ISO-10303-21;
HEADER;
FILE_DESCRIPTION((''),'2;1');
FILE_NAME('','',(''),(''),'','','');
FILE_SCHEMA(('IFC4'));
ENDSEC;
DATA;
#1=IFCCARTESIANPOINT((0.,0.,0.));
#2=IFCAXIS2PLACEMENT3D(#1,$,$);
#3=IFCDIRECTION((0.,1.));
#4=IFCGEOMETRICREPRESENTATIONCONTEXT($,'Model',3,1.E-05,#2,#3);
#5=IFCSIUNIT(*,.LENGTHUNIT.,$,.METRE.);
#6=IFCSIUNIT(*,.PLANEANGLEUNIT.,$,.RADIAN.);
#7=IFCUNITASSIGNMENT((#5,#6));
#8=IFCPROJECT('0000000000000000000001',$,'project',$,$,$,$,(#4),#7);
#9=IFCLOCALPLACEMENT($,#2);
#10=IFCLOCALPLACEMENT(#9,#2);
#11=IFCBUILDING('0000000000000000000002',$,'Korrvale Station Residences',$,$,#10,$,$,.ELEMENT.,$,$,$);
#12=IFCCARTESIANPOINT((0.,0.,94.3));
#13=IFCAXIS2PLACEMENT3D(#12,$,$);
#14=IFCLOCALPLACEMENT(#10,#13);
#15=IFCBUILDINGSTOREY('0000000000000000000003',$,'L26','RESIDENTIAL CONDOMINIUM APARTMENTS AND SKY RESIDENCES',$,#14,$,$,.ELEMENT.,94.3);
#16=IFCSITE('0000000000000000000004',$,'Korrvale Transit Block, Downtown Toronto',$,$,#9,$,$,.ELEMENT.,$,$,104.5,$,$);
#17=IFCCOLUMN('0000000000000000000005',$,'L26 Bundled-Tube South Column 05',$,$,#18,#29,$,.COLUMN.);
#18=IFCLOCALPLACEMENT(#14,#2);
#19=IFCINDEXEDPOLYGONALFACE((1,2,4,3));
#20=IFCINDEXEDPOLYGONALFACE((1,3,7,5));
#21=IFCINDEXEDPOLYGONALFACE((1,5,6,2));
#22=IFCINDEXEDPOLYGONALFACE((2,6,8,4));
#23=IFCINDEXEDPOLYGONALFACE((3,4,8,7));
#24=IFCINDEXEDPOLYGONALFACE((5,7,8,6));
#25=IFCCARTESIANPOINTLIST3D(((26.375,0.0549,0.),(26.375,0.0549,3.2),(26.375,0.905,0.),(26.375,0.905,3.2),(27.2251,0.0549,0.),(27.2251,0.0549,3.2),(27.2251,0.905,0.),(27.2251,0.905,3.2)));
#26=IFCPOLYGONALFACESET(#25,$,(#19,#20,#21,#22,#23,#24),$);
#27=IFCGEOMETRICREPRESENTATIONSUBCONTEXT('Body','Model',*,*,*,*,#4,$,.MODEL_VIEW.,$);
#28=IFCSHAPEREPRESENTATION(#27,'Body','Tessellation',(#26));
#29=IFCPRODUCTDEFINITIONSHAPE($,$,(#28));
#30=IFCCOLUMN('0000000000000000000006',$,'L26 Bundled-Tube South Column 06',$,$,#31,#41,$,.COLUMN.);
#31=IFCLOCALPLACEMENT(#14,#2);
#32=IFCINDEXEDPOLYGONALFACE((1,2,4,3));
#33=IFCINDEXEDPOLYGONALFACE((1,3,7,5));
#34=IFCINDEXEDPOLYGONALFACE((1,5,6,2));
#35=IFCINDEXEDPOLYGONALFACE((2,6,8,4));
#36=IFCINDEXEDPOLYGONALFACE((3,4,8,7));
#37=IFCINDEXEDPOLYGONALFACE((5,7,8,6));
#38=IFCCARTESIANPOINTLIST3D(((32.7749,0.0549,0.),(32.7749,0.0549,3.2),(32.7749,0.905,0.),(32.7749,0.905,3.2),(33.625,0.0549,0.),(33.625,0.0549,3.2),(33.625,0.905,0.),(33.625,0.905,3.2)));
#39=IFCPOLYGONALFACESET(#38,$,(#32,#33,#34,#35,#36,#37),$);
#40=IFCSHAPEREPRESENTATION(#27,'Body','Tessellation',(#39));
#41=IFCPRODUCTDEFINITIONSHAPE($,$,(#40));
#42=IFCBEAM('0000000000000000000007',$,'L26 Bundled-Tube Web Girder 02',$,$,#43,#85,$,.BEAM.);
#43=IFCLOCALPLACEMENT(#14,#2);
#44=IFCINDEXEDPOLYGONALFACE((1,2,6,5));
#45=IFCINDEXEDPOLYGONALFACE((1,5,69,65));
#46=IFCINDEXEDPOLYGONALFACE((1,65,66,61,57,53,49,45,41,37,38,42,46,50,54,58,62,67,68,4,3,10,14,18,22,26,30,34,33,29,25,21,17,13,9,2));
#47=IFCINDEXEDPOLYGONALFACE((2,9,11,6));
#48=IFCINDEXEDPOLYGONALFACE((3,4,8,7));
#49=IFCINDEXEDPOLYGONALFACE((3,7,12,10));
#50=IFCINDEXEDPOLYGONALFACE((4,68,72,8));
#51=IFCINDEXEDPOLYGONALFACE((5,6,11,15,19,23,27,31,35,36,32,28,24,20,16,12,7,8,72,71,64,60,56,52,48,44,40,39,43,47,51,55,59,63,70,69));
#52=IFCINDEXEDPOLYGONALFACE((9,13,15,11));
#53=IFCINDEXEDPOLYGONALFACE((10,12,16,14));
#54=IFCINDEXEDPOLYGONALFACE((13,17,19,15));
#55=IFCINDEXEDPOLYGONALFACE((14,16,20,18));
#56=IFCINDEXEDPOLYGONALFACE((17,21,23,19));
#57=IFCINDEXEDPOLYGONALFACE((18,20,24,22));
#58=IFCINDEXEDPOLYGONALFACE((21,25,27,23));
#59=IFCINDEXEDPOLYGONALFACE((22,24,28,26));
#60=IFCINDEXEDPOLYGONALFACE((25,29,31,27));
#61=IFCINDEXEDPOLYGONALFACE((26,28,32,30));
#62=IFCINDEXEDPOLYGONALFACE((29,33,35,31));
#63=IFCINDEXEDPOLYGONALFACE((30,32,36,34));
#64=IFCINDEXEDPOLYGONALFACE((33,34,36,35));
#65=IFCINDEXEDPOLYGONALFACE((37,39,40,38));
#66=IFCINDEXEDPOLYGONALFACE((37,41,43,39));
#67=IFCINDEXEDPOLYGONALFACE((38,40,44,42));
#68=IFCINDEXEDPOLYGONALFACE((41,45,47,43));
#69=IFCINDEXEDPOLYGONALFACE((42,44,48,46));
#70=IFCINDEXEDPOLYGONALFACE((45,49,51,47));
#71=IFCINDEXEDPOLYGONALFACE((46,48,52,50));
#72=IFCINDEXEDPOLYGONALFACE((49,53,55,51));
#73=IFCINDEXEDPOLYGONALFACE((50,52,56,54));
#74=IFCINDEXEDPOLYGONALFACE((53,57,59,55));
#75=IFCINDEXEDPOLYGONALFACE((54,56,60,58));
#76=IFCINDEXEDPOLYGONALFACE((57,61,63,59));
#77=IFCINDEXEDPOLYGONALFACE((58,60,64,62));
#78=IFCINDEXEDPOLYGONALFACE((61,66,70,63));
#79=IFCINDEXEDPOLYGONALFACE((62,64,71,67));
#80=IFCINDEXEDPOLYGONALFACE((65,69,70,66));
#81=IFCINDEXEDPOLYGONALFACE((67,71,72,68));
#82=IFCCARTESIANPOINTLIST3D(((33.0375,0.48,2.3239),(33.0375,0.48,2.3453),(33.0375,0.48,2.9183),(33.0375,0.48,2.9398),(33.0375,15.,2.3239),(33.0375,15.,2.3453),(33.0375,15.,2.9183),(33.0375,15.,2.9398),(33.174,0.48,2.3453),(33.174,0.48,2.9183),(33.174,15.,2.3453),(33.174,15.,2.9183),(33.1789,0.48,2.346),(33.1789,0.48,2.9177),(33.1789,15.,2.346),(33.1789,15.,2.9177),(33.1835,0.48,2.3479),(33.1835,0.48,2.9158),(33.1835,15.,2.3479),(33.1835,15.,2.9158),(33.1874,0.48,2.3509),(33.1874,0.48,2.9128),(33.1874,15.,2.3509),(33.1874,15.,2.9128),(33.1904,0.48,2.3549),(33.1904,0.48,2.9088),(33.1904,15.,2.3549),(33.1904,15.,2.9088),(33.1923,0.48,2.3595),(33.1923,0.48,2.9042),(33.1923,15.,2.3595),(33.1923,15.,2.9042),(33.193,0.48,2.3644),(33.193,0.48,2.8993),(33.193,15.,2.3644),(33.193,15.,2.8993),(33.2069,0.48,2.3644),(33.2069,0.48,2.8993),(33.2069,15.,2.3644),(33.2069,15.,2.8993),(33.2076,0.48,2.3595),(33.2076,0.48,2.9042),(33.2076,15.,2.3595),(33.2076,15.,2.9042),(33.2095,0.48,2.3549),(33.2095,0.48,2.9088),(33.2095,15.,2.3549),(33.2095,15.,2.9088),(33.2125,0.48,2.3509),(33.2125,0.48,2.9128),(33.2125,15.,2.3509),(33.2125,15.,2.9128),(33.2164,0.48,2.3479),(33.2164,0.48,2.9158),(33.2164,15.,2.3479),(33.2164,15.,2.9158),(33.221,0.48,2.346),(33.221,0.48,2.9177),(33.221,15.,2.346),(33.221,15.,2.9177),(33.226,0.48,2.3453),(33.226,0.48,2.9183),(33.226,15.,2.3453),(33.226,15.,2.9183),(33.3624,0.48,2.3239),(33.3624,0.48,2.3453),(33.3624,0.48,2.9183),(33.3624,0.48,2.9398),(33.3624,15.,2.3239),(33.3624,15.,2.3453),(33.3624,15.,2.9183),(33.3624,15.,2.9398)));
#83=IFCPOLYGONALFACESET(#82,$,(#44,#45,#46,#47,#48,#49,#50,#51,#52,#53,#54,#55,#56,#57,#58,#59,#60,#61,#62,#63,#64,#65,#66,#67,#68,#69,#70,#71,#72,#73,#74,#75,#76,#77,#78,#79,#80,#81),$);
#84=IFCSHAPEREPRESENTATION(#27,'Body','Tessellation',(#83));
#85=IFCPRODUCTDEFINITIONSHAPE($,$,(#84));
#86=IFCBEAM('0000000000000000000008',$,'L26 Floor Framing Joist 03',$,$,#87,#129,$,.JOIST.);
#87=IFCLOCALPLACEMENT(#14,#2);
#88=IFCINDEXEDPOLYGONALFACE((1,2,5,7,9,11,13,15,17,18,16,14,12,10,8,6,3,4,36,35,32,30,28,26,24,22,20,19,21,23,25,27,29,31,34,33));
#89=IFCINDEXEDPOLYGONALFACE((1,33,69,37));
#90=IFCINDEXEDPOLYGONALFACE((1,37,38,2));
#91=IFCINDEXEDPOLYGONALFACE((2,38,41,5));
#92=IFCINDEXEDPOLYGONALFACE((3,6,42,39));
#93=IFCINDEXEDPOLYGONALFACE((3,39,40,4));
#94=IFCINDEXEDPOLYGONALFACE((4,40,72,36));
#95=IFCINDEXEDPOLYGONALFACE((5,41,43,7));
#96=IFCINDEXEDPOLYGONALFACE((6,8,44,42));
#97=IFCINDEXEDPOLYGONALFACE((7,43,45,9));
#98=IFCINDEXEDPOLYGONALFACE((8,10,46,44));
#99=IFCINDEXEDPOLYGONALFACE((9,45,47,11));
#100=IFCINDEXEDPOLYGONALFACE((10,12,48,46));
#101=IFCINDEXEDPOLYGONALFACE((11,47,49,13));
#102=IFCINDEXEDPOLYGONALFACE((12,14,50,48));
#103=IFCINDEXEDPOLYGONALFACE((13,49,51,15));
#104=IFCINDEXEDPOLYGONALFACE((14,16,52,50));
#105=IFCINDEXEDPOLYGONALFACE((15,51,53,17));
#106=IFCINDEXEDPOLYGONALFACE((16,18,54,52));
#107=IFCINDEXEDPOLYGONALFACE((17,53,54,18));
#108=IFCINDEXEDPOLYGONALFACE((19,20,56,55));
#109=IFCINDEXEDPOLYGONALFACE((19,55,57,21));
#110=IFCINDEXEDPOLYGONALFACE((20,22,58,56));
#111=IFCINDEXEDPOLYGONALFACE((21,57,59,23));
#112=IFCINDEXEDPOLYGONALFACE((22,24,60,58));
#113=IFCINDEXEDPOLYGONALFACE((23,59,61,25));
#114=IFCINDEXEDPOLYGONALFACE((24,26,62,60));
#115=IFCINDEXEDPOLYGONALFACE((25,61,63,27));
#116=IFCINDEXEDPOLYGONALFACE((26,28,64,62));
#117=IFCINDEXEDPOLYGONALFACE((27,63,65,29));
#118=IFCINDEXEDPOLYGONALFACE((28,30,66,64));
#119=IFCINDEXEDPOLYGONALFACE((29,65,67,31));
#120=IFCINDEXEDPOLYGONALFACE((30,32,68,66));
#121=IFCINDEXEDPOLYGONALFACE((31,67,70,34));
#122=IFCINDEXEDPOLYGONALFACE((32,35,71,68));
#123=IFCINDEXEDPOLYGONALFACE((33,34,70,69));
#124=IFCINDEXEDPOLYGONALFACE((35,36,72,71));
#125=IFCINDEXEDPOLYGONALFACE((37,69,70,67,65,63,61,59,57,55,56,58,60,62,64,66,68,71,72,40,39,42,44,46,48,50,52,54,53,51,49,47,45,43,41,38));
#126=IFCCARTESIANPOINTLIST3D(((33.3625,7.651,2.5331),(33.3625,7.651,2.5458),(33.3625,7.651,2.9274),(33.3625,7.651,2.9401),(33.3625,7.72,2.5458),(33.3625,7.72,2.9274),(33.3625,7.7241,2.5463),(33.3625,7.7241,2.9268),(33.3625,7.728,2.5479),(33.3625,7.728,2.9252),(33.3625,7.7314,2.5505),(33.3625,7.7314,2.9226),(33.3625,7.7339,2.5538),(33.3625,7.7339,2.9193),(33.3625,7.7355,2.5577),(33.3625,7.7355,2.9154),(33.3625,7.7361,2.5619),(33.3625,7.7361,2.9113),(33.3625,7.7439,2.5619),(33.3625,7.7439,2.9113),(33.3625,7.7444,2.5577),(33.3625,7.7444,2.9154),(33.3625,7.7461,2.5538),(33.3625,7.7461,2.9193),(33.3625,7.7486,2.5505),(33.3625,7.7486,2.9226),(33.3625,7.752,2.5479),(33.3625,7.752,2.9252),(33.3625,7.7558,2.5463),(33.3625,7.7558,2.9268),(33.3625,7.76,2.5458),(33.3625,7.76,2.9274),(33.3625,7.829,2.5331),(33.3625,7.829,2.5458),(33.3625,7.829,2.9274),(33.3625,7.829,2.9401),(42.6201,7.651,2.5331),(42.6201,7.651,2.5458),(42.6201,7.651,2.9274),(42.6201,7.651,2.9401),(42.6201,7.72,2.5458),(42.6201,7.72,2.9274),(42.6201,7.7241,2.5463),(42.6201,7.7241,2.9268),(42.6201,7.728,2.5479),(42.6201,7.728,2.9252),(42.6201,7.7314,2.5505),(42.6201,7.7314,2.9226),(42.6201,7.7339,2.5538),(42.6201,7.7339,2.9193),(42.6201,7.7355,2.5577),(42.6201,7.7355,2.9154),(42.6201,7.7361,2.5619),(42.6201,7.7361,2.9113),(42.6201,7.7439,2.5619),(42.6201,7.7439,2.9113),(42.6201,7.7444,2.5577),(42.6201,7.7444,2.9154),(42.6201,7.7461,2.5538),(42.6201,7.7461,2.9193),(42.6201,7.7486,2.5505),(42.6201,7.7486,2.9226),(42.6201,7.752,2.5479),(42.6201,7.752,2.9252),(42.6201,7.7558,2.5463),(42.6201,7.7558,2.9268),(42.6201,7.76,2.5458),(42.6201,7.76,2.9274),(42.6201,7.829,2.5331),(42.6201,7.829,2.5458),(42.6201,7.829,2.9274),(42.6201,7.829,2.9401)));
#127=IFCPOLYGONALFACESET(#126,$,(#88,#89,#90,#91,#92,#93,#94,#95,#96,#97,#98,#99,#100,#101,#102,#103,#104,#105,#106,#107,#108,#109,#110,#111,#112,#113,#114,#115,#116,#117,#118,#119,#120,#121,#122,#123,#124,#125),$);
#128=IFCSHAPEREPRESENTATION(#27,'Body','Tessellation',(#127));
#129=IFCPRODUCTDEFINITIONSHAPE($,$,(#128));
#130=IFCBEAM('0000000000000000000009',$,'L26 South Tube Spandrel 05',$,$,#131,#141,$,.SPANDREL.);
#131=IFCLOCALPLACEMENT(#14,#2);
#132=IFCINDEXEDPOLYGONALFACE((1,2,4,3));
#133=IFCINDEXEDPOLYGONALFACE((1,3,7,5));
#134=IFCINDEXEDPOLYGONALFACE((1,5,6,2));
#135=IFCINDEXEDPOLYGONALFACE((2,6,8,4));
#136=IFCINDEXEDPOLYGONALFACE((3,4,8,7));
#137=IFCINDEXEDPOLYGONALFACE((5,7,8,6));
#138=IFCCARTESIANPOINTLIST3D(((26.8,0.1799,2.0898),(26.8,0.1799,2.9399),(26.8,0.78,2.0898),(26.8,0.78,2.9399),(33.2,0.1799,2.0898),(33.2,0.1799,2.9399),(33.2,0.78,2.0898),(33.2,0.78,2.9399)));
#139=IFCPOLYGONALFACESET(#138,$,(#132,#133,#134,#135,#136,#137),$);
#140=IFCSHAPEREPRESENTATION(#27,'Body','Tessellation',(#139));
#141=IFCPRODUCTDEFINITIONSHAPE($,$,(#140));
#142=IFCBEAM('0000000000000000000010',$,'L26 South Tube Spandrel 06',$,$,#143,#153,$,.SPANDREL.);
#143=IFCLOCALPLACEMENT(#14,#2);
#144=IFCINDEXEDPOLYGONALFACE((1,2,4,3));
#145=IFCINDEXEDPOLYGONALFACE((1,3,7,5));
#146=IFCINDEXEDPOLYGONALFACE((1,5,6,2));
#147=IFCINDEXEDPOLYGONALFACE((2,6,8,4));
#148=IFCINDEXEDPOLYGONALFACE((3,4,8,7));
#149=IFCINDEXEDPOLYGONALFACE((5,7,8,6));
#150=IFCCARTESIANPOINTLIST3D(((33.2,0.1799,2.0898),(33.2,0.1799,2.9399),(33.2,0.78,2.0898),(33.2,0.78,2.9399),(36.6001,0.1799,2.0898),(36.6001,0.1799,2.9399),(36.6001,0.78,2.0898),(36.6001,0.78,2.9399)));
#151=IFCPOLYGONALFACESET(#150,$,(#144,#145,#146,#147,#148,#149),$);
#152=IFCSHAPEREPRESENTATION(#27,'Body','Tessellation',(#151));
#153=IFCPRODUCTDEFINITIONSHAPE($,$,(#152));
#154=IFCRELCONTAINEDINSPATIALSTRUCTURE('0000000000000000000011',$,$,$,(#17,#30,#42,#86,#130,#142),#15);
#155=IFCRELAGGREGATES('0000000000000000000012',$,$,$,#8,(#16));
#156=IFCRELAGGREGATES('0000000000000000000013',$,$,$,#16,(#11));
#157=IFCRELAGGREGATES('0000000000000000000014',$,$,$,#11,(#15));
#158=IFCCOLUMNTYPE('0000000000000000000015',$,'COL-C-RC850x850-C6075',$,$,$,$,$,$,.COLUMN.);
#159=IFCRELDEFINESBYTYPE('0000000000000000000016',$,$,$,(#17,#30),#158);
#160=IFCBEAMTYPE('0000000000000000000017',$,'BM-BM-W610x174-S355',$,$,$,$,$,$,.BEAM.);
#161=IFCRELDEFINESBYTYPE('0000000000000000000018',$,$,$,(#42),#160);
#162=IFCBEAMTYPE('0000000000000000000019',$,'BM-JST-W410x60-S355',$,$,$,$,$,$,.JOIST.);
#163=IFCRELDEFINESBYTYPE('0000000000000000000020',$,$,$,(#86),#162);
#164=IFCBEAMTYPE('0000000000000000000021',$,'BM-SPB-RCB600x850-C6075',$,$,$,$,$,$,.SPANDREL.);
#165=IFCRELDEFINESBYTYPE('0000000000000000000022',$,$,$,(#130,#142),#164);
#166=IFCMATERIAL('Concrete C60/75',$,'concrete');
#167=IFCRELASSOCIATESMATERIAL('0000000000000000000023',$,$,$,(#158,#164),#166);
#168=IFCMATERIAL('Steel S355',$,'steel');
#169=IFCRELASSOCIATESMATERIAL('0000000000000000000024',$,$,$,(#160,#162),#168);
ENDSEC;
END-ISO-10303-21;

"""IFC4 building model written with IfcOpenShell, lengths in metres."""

from ifc_helpers import new_model, si_unit, direction, frame, origin, origin_2d, place, context, subcontext, project, spatial, rectangle, i_section, extrude, material, material_profile, profile_set, type_object, element, save


model = new_model("IFC4")

# Units and contexts
model_context = context("Model", 3, precision=1e-05, world=origin(), true_north=direction((0.0, 1.0)))
body_context = subcontext(model_context, "Body", "Model", "MODEL_VIEW")
ifc_project = project(units=[si_unit("LENGTHUNIT", "METRE"), si_unit("PLANEANGLEUNIT", "RADIAN")], contexts=[model_context])

# Site, building, storey
site_placement = place(None, origin())
site = spatial("IfcSite", under=ifc_project, at=site_placement, Name="Korrvale Transit Block, Downtown Toronto", CompositionType="ELEMENT", RefElevation=104.5)
building_placement = place(site_placement, origin())
building = spatial("IfcBuilding", under=site, at=building_placement, Name="Korrvale Station Residences", CompositionType="ELEMENT")
storey_placement = place(building_placement, frame((0.0, 0.0, 94.3)))
storey = spatial("IfcBuildingStorey", under=building, at=storey_placement, Name="L26", Description="RESIDENTIAL CONDOMINIUM APARTMENTS AND SKY RESIDENCES", CompositionType="ELEMENT", Elevation=94.3)

# Columns
ifc_material_1 = material(Name="Concrete C60/75", Category="concrete")
ifc_material_profile_1 = material_profile(ifc_material_1, rectangle(XDim=0.8501, YDim=0.8501, at=origin_2d()), Name="RC850x850")
ifc_profile_set_1 = profile_set([ifc_material_profile_1], Name="Concrete C60/75")
column_type = type_object("IfcColumnType", Name="COL-C-RC850x850-C6075", PredefinedType="COLUMN", material=ifc_profile_set_1)
for number, where, z_axis, x_axis, name in (
    (1, (26.8, 0.48, 0.0), (0.0, 0.0, 1.0), (1.0, 0.0, 0.0), "L26 Bundled-Tube South Column 05"),
    (2, (33.2, 0.48, 0.0), (0.0, 0.0, 1.0), (1.0, 0.0, 0.0), "L26 Bundled-Tube South Column 06"),
):
    element("IfcColumn", number, at=place(storey_placement, frame(where, z_axis=z_axis, x_axis=x_axis)), inside=storey, type_object=column_type, Name=name, PredefinedType="COLUMN", context=body_context, shape_type="SweptSolid", body=[
        extrude(rectangle(XDim=0.8501, YDim=0.8501, at=origin_2d()), origin(), (0.0, 0.0, 1.0), 3.2),
    ])

# Beams
ifc_material_2 = material(Name="Steel S355", Category="steel")
ifc_material_profile_2 = material_profile(ifc_material_2, i_section(OverallWidth=0.325, OverallDepth=0.616, WebThickness=0.0139, FlangeThickness=0.0215, FilletRadius=0.019, at=origin_2d()), Name="W610x174")
ifc_profile_set_2 = profile_set([ifc_material_profile_2], Name="Steel S355")
beam_type_1 = type_object("IfcBeamType", Name="BM-BM-W610x174-S355", PredefinedType="BEAM", material=ifc_profile_set_2)
beam_1_placement = place(storey_placement, frame((33.2, 0.48, 2.6318), z_axis=(0.0, 1.0, 0.0), x_axis=(-1.0, 0.0, 0.0)))
element("IfcBeam", 3, at=beam_1_placement, inside=storey, type_object=beam_type_1, Name="L26 Bundled-Tube Web Girder 02", PredefinedType="BEAM", context=body_context, shape_type="SweptSolid", body=[
    extrude(i_section(OverallWidth=0.325, OverallDepth=0.616, WebThickness=0.0139, FlangeThickness=0.0215, FilletRadius=0.019, at=origin_2d()), origin(), (0.0, 0.0, 1.0), 14.52),
])
ifc_material_profile_3 = material_profile(ifc_material_2, i_section(OverallWidth=0.178, OverallDepth=0.407, WebThickness=0.0078, FlangeThickness=0.0127, FilletRadius=0.0161, at=origin_2d()), Name="W410x60")
ifc_profile_set_3 = profile_set([ifc_material_profile_3], Name="Steel S355")
beam_type_2 = type_object("IfcBeamType", Name="BM-JST-W410x60-S355", PredefinedType="JOIST", material=ifc_profile_set_3)
beam_2_placement = place(storey_placement, frame((33.3625, 7.74, 2.7366), z_axis=(1.0, 0.0, 0.0), x_axis=(0.0, 1.0, 0.0)))
element("IfcBeam", 4, at=beam_2_placement, inside=storey, type_object=beam_type_2, Name="L26 Floor Framing Joist 03", PredefinedType="JOIST", context=body_context, shape_type="SweptSolid", body=[
    extrude(i_section(OverallWidth=0.178, OverallDepth=0.407, WebThickness=0.0078, FlangeThickness=0.0127, FilletRadius=0.0161, at=origin_2d()), origin(), (0.0, 0.0, 1.0), 9.2576),
])
ifc_material_profile_4 = material_profile(ifc_material_1, rectangle(XDim=0.6001, YDim=0.8501, at=origin_2d()), Name="RCB600x850")
ifc_profile_set_4 = profile_set([ifc_material_profile_4], Name="Concrete C60/75")
beam_type_3 = type_object("IfcBeamType", Name="BM-SPB-RCB600x850-C6075", PredefinedType="SPANDREL", material=ifc_profile_set_4)
beam_3_placement = place(storey_placement, frame((26.8, 0.48, 2.5149), z_axis=(1.0, 0.0, 0.0), x_axis=(0.0, 1.0, 0.0)))
element("IfcBeam", 5, at=beam_3_placement, inside=storey, type_object=beam_type_3, Name="L26 South Tube Spandrel 05", PredefinedType="SPANDREL", context=body_context, shape_type="SweptSolid", body=[
    extrude(rectangle(XDim=0.6001, YDim=0.8501, at=origin_2d()), origin(), (0.0, 0.0, 1.0), 6.3999),
])
beam_4_placement = place(storey_placement, frame((33.2, 0.48, 2.5149), z_axis=(1.0, 0.0, 0.0), x_axis=(0.0, 1.0, 0.0)))
element("IfcBeam", 6, at=beam_4_placement, inside=storey, type_object=beam_type_3, Name="L26 South Tube Spandrel 06", PredefinedType="SPANDREL", context=body_context, shape_type="SweptSolid", body=[
    extrude(rectangle(XDim=0.6001, YDim=0.8501, at=origin_2d()), origin(), (0.0, 0.0, 1.0), 3.4001),
])

save(model, "model.ifc")
